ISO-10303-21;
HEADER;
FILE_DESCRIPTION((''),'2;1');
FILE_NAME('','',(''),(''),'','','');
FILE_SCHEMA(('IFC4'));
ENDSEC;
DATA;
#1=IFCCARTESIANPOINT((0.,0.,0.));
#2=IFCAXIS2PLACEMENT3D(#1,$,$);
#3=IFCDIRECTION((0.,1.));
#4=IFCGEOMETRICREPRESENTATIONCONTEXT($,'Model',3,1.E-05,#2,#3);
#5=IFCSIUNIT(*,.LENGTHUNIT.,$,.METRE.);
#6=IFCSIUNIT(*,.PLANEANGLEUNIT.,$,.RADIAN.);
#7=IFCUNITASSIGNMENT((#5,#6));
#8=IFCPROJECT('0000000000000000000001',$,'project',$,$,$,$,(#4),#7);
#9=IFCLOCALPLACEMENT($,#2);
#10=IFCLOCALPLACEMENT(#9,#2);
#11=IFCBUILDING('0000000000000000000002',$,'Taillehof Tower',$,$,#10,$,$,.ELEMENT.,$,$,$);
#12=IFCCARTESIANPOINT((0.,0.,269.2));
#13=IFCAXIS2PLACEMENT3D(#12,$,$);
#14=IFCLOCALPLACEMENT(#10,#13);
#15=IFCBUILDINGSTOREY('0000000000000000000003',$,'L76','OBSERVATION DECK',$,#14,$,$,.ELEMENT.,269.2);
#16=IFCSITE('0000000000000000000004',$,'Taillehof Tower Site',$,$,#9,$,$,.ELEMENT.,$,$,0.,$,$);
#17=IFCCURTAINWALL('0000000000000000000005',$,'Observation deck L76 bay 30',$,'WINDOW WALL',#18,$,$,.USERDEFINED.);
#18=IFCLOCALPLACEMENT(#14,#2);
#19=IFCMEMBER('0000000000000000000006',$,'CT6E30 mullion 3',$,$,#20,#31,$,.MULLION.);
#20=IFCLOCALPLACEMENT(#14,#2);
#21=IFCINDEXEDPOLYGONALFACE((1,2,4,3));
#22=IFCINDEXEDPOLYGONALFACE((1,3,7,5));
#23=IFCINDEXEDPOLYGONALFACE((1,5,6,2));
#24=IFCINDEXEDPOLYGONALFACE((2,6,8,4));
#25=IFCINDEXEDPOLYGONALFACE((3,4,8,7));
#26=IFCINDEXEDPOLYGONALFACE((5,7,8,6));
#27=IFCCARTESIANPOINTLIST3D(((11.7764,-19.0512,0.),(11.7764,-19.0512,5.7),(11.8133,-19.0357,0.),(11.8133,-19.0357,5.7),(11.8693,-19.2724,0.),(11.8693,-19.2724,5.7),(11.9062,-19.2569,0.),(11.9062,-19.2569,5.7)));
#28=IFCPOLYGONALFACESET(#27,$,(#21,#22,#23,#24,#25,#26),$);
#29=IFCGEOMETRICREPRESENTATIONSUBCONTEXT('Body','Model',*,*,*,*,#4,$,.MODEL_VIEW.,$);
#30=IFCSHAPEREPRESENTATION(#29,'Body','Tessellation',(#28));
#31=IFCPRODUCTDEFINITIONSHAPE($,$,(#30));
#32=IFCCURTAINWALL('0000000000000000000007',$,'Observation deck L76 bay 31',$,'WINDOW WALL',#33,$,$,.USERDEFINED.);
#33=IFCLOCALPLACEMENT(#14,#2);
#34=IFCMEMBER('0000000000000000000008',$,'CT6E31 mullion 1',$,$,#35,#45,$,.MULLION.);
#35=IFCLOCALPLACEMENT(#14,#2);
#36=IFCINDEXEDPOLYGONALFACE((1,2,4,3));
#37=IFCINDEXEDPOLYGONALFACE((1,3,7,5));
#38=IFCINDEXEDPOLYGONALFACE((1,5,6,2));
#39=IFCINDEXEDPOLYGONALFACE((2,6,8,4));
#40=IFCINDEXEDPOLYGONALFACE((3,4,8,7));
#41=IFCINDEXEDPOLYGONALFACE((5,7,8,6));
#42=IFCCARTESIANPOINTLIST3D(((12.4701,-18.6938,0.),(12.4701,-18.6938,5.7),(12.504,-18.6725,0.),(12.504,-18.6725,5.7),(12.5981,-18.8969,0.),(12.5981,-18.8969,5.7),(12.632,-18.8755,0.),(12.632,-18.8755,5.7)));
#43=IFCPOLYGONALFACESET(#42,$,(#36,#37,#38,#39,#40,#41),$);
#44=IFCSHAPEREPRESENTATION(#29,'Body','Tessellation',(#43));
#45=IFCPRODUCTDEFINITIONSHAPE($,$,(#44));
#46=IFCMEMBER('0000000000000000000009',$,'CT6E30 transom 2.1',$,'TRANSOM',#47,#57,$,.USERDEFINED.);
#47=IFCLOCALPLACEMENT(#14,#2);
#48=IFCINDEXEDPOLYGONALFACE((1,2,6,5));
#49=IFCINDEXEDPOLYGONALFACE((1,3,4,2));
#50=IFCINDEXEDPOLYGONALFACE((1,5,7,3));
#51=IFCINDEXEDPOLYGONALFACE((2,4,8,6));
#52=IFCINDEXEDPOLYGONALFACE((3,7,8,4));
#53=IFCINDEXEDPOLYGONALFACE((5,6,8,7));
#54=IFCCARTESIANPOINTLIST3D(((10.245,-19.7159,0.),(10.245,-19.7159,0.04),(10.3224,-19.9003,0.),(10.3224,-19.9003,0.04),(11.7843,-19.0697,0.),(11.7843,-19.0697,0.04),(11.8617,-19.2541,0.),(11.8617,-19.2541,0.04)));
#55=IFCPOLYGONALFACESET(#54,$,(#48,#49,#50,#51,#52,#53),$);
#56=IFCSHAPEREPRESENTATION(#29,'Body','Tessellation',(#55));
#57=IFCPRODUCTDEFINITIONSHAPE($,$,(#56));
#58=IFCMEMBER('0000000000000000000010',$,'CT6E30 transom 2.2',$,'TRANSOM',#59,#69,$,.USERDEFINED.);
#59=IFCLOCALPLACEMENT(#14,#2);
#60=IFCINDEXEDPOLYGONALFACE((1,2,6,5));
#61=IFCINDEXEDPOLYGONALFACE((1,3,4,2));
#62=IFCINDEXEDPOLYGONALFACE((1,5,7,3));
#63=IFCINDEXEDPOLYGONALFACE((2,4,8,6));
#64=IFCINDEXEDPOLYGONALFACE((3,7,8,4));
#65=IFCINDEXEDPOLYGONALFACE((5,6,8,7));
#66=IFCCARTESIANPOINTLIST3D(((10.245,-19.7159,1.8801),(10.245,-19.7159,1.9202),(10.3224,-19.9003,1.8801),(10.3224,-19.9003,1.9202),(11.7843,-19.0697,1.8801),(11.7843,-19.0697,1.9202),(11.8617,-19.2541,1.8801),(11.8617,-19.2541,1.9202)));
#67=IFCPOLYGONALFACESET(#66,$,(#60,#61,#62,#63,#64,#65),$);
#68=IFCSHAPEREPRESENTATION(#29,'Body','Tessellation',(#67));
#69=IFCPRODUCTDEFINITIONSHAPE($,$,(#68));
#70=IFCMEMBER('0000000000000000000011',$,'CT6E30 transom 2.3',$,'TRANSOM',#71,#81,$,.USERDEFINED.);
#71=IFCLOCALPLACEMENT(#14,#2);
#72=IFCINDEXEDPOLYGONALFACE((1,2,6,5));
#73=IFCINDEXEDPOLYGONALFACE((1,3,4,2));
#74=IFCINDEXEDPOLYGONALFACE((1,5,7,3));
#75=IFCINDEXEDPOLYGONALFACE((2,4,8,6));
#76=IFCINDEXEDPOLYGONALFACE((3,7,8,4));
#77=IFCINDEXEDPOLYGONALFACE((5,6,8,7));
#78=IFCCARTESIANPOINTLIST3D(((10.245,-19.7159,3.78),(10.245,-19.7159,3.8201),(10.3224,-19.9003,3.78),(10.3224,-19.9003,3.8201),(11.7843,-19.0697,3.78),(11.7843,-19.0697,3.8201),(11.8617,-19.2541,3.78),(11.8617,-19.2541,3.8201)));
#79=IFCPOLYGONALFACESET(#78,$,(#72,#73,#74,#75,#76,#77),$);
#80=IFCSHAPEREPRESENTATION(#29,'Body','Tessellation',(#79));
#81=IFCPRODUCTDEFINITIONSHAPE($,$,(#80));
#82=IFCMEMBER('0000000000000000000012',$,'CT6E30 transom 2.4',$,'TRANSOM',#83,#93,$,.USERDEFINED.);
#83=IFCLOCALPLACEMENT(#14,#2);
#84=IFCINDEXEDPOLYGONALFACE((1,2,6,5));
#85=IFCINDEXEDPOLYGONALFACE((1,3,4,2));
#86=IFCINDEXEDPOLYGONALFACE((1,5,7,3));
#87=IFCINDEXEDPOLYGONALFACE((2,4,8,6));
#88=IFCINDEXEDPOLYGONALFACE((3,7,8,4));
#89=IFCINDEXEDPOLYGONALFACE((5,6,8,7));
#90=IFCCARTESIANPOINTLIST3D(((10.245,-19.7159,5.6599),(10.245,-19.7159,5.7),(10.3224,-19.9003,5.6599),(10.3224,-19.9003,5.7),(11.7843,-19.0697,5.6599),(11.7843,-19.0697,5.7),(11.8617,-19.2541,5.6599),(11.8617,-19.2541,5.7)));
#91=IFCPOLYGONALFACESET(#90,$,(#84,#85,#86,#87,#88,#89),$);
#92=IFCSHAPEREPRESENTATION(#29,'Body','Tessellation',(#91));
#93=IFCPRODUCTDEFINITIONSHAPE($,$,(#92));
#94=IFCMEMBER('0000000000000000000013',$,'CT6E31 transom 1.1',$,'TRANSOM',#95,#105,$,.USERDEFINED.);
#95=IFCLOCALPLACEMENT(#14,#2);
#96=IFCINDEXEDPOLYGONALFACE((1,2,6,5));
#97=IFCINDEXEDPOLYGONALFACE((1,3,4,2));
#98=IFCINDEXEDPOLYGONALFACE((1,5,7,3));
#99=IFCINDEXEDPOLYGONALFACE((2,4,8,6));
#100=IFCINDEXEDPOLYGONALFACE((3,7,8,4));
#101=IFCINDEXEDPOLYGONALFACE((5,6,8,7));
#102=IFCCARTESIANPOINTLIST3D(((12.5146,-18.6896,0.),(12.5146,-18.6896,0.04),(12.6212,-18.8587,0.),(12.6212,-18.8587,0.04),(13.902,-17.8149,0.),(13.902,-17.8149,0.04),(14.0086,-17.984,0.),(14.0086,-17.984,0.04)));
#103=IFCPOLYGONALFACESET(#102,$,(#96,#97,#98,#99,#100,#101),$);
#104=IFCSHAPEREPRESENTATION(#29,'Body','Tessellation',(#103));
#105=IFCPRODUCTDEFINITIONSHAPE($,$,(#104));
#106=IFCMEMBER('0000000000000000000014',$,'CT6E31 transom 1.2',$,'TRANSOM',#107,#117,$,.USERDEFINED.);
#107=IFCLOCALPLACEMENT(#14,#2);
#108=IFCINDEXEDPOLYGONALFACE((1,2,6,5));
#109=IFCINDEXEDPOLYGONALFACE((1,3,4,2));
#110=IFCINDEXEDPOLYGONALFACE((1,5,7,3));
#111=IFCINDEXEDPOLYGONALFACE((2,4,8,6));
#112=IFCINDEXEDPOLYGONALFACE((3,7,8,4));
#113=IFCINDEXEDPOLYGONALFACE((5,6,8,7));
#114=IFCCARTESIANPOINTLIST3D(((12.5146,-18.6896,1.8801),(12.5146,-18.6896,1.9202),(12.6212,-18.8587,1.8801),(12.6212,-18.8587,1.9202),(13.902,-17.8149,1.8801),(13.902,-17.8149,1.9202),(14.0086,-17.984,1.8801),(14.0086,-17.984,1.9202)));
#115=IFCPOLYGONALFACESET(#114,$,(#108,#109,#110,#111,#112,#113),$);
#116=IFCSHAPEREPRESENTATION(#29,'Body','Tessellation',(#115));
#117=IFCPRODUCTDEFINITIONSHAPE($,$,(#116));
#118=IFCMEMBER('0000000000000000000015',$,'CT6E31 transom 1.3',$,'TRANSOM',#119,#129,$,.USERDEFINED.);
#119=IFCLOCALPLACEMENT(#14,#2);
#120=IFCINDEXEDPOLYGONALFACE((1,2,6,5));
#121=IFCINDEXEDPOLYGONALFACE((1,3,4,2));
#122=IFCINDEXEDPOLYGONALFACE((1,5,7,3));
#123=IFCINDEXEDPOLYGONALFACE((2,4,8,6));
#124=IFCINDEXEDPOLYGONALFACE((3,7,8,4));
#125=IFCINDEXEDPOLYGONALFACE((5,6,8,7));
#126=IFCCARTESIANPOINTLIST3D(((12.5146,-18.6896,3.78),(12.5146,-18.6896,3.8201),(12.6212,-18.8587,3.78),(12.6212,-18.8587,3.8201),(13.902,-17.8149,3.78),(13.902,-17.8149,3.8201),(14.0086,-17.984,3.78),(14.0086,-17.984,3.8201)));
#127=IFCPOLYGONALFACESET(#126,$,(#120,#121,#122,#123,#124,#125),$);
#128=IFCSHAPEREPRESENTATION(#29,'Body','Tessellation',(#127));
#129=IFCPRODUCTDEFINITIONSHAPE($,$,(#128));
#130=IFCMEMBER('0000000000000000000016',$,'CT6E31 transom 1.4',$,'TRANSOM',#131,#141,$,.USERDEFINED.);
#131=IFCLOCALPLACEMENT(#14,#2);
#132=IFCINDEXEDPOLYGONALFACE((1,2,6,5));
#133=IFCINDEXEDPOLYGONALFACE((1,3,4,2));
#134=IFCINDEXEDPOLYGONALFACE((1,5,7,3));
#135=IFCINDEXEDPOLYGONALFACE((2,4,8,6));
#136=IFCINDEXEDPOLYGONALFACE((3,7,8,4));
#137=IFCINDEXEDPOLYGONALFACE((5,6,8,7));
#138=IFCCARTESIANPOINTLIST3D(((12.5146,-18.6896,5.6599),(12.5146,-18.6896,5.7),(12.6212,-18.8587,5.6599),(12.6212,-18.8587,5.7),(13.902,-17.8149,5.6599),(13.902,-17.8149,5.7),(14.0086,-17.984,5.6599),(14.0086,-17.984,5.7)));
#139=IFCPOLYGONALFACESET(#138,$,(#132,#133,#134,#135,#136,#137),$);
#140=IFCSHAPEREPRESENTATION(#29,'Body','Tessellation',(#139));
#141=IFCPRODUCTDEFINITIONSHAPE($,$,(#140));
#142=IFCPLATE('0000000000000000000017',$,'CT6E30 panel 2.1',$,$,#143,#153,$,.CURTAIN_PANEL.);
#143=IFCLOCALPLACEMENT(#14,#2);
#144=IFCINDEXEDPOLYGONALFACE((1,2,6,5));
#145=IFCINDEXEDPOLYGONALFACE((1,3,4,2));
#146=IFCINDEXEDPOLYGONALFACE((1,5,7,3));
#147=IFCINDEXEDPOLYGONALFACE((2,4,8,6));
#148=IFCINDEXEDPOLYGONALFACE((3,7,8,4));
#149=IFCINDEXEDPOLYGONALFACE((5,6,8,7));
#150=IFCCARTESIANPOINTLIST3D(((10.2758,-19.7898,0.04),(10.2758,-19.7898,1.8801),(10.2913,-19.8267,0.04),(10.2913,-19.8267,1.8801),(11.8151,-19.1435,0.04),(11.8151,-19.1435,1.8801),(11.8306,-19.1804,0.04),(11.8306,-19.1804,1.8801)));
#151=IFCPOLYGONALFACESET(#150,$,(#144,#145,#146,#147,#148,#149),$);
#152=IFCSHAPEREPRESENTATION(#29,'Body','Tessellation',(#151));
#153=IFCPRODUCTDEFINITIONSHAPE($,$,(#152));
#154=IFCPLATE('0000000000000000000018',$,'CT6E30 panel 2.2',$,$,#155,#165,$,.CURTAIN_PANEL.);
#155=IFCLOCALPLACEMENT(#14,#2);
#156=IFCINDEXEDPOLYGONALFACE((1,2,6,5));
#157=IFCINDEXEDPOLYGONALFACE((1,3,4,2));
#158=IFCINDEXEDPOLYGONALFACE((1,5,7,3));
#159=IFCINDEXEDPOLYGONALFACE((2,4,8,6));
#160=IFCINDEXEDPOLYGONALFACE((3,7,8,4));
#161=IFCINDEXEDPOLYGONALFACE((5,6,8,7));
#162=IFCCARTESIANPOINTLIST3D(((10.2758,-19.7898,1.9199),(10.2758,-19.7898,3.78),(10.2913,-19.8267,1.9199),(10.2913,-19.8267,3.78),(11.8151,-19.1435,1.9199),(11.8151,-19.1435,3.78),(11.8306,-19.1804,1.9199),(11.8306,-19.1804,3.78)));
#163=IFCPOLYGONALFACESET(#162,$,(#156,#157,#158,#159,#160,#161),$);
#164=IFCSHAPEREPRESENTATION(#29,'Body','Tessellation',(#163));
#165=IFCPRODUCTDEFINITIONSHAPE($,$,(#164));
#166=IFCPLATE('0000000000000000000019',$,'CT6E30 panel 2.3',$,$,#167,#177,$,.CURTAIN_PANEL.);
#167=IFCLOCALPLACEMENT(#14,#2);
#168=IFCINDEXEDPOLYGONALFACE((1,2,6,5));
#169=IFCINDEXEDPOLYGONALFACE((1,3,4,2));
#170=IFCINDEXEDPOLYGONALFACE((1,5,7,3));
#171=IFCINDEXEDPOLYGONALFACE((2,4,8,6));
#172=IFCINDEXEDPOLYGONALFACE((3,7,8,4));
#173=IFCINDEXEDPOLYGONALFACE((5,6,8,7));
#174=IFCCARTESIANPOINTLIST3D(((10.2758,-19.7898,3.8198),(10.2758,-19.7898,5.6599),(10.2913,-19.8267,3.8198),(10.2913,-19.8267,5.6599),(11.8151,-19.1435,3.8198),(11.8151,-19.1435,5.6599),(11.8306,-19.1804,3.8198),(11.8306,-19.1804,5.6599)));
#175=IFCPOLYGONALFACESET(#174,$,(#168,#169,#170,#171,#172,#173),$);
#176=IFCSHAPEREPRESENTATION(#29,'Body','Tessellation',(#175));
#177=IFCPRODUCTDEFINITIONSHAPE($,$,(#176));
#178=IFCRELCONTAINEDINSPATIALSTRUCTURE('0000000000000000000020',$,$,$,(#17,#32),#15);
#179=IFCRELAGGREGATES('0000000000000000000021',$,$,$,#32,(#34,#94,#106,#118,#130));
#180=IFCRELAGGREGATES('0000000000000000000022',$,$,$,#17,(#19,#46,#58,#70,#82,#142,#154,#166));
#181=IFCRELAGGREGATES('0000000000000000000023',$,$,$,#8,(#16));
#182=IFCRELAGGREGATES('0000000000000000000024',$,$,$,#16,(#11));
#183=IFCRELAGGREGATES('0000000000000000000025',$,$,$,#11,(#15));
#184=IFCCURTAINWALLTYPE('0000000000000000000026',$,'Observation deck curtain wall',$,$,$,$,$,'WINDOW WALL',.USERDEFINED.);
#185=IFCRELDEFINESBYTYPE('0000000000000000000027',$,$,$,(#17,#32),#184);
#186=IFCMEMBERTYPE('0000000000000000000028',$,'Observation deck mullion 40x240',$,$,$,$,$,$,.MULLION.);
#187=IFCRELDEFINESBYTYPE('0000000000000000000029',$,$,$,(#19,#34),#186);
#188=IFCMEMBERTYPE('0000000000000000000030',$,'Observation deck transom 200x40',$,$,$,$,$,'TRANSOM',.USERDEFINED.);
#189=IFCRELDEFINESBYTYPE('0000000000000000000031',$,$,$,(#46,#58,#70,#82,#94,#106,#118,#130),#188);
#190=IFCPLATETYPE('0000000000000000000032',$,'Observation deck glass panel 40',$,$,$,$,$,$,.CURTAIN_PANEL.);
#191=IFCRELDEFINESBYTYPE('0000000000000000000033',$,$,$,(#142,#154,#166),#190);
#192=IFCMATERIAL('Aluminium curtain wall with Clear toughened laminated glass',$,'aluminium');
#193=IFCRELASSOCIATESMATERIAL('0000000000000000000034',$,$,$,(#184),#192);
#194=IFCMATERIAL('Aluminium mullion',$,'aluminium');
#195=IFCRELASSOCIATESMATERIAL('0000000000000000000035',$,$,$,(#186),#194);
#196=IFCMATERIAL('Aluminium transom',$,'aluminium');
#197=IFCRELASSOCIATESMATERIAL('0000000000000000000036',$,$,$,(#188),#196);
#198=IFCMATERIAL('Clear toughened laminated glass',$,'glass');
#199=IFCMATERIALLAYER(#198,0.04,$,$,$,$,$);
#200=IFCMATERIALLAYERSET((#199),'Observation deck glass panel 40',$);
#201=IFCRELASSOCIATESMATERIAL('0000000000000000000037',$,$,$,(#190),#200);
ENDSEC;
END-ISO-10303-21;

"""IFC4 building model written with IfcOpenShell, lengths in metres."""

from ifc_helpers import new_model, si_unit, direction, frame, origin, origin_2d, place, context, subcontext, project, spatial, rectangle, extrude, material, layer, layer_set, material_profile, profile_set, type_object, element, aggregate, save


model = new_model("IFC4")

# Units and contexts
model_context = context("Model", 3, precision=1e-05, world=origin(), true_north=direction((0.0, 1.0)))
body_context = subcontext(model_context, "Body", "Model", "MODEL_VIEW")
ifc_project = project(units=[si_unit("LENGTHUNIT", "METRE"), si_unit("PLANEANGLEUNIT", "RADIAN")], contexts=[model_context])

# Site, building, storey
site_placement = place(None, origin())
site = spatial("IfcSite", under=ifc_project, at=site_placement, Name="Taillehof Tower Site", CompositionType="ELEMENT", RefElevation=0.0)
building_placement = place(site_placement, origin())
building = spatial("IfcBuilding", under=site, at=building_placement, Name="Taillehof Tower", CompositionType="ELEMENT")
storey_placement = place(building_placement, frame((0.0, 0.0, 269.2)))
storey = spatial("IfcBuildingStorey", under=building, at=storey_placement, Name="L76", Description="OBSERVATION DECK", CompositionType="ELEMENT", Elevation=269.2)

# Curtain walls, members
ifc_material_1 = material(Name="Aluminium curtain wall with Clear toughened laminated glass", Category="aluminium")
curtain_wall_type = type_object("IfcCurtainWallType", Name="Observation deck curtain wall", ElementType="WINDOW WALL", PredefinedType="USERDEFINED", material=ifc_material_1)
curtain_wall_1_placement = place(storey_placement, origin())
curtain_wall_1 = element("IfcCurtainWall", 1, at=curtain_wall_1_placement, inside=storey, type_object=curtain_wall_type, Name="Observation deck L76 bay 30", ObjectType="WINDOW WALL", PredefinedType="USERDEFINED")
ifc_material_2 = material(Name="Aluminium mullion", Category="aluminium")
ifc_material_profile_1 = material_profile(ifc_material_2, rectangle(XDim=0.24, YDim=0.04, at=origin_2d()), Name="AL 40x240")
ifc_profile_set_1 = profile_set([ifc_material_profile_1], Name="Aluminium mullion")
member_type_1 = type_object("IfcMemberType", Name="Observation deck mullion 40x240", PredefinedType="MULLION", material=ifc_profile_set_1)
member_1_placement = place(storey_placement, frame((11.8413, -19.1541, 0.0), z_axis=(0.0, 0.0, 1.0), x_axis=(-0.387101, 0.922037, 0.0)))
member_1 = element("IfcMember", 2, at=member_1_placement, type_object=member_type_1, Name="CT6E30 mullion 3", PredefinedType="MULLION", context=body_context, shape_type="SweptSolid", body=[
    extrude(rectangle(XDim=0.24, YDim=0.04, at=origin_2d()), origin(), (0.0, 0.0, 1.0), 5.7),
])
curtain_wall_2_placement = place(storey_placement, origin())
curtain_wall_2 = element("IfcCurtainWall", 3, at=curtain_wall_2_placement, inside=storey, type_object=curtain_wall_type, Name="Observation deck L76 bay 31", ObjectType="WINDOW WALL", PredefinedType="USERDEFINED")
member_2_placement = place(storey_placement, frame((12.551, -18.7847, 0.0), z_axis=(0.0, 0.0, 1.0), x_axis=(-0.533294, 0.84593, 0.0)))
member_2 = element("IfcMember", 4, at=member_2_placement, type_object=member_type_1, Name="CT6E31 mullion 1", PredefinedType="MULLION", context=body_context, shape_type="SweptSolid", body=[
    extrude(rectangle(XDim=0.24, YDim=0.04, at=origin_2d()), origin(), (0.0, 0.0, 1.0), 5.7),
])

# Members
ifc_material_3 = material(Name="Aluminium transom", Category="aluminium")
ifc_material_profile_2 = material_profile(ifc_material_3, rectangle(XDim=0.2, YDim=0.04, at=origin_2d()), Name="AL 200x40")
ifc_profile_set_2 = profile_set([ifc_material_profile_2], Name="Aluminium transom")
member_type_2 = type_object("IfcMemberType", Name="Observation deck transom 200x40", ElementType="TRANSOM", PredefinedType="USERDEFINED", material=ifc_profile_set_2)
member_3_placement = place(storey_placement, frame((10.2837, -19.8081, 0.02), z_axis=(0.92204, 0.387096, 0.0), x_axis=(-0.387096, 0.92204, 0.0)))
member_3 = element("IfcMember", 5, at=member_3_placement, type_object=member_type_2, Name="CT6E30 transom 2.1", ObjectType="TRANSOM", PredefinedType="USERDEFINED", context=body_context, shape_type="SweptSolid", body=[
    extrude(rectangle(XDim=0.2, YDim=0.04, at=origin_2d()), origin(), (0.0, 0.0, 1.0), 1.6694),
])
member_4_placement = place(storey_placement, frame((10.2837, -19.8081, 1.9001), z_axis=(0.92204, 0.387096, 0.0), x_axis=(-0.387096, 0.92204, 0.0)))
member_4 = element("IfcMember", 6, at=member_4_placement, type_object=member_type_2, Name="CT6E30 transom 2.2", ObjectType="TRANSOM", PredefinedType="USERDEFINED", context=body_context, shape_type="SweptSolid", body=[
    extrude(rectangle(XDim=0.2, YDim=0.04, at=origin_2d()), origin(), (0.0, 0.0, 1.0), 1.6694),
])
member_5_placement = place(storey_placement, frame((10.2837, -19.8081, 3.8), z_axis=(0.92204, 0.387096, 0.0), x_axis=(-0.387096, 0.92204, 0.0)))
member_5 = element("IfcMember", 7, at=member_5_placement, type_object=member_type_2, Name="CT6E30 transom 2.3", ObjectType="TRANSOM", PredefinedType="USERDEFINED", context=body_context, shape_type="SweptSolid", body=[
    extrude(rectangle(XDim=0.2, YDim=0.04, at=origin_2d()), origin(), (0.0, 0.0, 1.0), 1.6694),
])
member_6_placement = place(storey_placement, frame((10.2837, -19.8081, 5.6799), z_axis=(0.92204, 0.387096, 0.0), x_axis=(-0.387096, 0.92204, 0.0)))
member_6 = element("IfcMember", 8, at=member_6_placement, type_object=member_type_2, Name="CT6E30 transom 2.4", ObjectType="TRANSOM", PredefinedType="USERDEFINED", context=body_context, shape_type="SweptSolid", body=[
    extrude(rectangle(XDim=0.2, YDim=0.04, at=origin_2d()), origin(), (0.0, 0.0, 1.0), 1.6694),
])
member_7_placement = place(storey_placement, frame((12.5679, -18.7742, 0.02), z_axis=(0.84591, 0.533326, 0.0), x_axis=(-0.533326, 0.84591, 0.0)))
member_7 = element("IfcMember", 9, at=member_7_placement, type_object=member_type_2, Name="CT6E31 transom 1.1", ObjectType="TRANSOM", PredefinedType="USERDEFINED", context=body_context, shape_type="SweptSolid", body=[
    extrude(rectangle(XDim=0.2, YDim=0.04, at=origin_2d()), origin(), (0.0, 0.0, 1.0), 1.6401),
])
member_8_placement = place(storey_placement, frame((12.5679, -18.7742, 1.9001), z_axis=(0.84591, 0.533326, 0.0), x_axis=(-0.533326, 0.84591, 0.0)))
member_8 = element("IfcMember", 10, at=member_8_placement, type_object=member_type_2, Name="CT6E31 transom 1.2", ObjectType="TRANSOM", PredefinedType="USERDEFINED", context=body_context, shape_type="SweptSolid", body=[
    extrude(rectangle(XDim=0.2, YDim=0.04, at=origin_2d()), origin(), (0.0, 0.0, 1.0), 1.6401),
])
member_9_placement = place(storey_placement, frame((12.5679, -18.7742, 3.8), z_axis=(0.84591, 0.533326, 0.0), x_axis=(-0.533326, 0.84591, 0.0)))
member_9 = element("IfcMember", 11, at=member_9_placement, type_object=member_type_2, Name="CT6E31 transom 1.3", ObjectType="TRANSOM", PredefinedType="USERDEFINED", context=body_context, shape_type="SweptSolid", body=[
    extrude(rectangle(XDim=0.2, YDim=0.04, at=origin_2d()), origin(), (0.0, 0.0, 1.0), 1.6401),
])
member_10_placement = place(storey_placement, frame((12.5679, -18.7742, 5.6799), z_axis=(0.84591, 0.533326, 0.0), x_axis=(-0.533326, 0.84591, 0.0)))
member_10 = element("IfcMember", 12, at=member_10_placement, type_object=member_type_2, Name="CT6E31 transom 1.4", ObjectType="TRANSOM", PredefinedType="USERDEFINED", context=body_context, shape_type="SweptSolid", body=[
    extrude(rectangle(XDim=0.2, YDim=0.04, at=origin_2d()), origin(), (0.0, 0.0, 1.0), 1.6401),
])
aggregate(curtain_wall_2, [member_2, member_7, member_8, member_9, member_10])

# Plates
ifc_material_4 = material(Name="Clear toughened laminated glass", Category="glass")
ifc_layer = layer(ifc_material_4, 0.04)
ifc_layer_set = layer_set([ifc_layer], Name="Observation deck glass panel 40")
plate_type = type_object("IfcPlateType", Name="Observation deck glass panel 40", PredefinedType="CURTAIN_PANEL", material=ifc_layer_set)
plate_1_placement = place(storey_placement, frame((11.0532, -19.4851, 0.04), z_axis=(0.0, 0.0, 1.0), x_axis=(0.922037, 0.387101, 0.0)))
plate_1 = element("IfcPlate", 13, at=plate_1_placement, type_object=plate_type, Name="CT6E30 panel 2.1", PredefinedType="CURTAIN_PANEL", context=body_context, shape_type="SweptSolid", body=[
    extrude(rectangle(XDim=1.6694, YDim=0.04, at=origin_2d()), origin(), (0.0, 0.0, 1.0), 1.8401),
])
plate_2_placement = place(storey_placement, frame((11.0532, -19.4851, 1.9199), z_axis=(0.0, 0.0, 1.0), x_axis=(0.922037, 0.387101, 0.0)))
plate_2 = element("IfcPlate", 14, at=plate_2_placement, type_object=plate_type, Name="CT6E30 panel 2.2", PredefinedType="CURTAIN_PANEL", context=body_context, shape_type="SweptSolid", body=[
    extrude(rectangle(XDim=1.6694, YDim=0.04, at=origin_2d()), origin(), (0.0, 0.0, 1.0), 1.8601),
])
plate_3_placement = place(storey_placement, frame((11.0532, -19.4851, 3.8198), z_axis=(0.0, 0.0, 1.0), x_axis=(0.922037, 0.387101, 0.0)))
plate_3 = element("IfcPlate", 15, at=plate_3_placement, type_object=plate_type, Name="CT6E30 panel 2.3", PredefinedType="CURTAIN_PANEL", context=body_context, shape_type="SweptSolid", body=[
    extrude(rectangle(XDim=1.6694, YDim=0.04, at=origin_2d()), origin(), (0.0, 0.0, 1.0), 1.8401),
])
aggregate(curtain_wall_1, [member_1, member_3, member_4, member_5, member_6, plate_1, plate_2, plate_3])

save(model, "model.ifc")
